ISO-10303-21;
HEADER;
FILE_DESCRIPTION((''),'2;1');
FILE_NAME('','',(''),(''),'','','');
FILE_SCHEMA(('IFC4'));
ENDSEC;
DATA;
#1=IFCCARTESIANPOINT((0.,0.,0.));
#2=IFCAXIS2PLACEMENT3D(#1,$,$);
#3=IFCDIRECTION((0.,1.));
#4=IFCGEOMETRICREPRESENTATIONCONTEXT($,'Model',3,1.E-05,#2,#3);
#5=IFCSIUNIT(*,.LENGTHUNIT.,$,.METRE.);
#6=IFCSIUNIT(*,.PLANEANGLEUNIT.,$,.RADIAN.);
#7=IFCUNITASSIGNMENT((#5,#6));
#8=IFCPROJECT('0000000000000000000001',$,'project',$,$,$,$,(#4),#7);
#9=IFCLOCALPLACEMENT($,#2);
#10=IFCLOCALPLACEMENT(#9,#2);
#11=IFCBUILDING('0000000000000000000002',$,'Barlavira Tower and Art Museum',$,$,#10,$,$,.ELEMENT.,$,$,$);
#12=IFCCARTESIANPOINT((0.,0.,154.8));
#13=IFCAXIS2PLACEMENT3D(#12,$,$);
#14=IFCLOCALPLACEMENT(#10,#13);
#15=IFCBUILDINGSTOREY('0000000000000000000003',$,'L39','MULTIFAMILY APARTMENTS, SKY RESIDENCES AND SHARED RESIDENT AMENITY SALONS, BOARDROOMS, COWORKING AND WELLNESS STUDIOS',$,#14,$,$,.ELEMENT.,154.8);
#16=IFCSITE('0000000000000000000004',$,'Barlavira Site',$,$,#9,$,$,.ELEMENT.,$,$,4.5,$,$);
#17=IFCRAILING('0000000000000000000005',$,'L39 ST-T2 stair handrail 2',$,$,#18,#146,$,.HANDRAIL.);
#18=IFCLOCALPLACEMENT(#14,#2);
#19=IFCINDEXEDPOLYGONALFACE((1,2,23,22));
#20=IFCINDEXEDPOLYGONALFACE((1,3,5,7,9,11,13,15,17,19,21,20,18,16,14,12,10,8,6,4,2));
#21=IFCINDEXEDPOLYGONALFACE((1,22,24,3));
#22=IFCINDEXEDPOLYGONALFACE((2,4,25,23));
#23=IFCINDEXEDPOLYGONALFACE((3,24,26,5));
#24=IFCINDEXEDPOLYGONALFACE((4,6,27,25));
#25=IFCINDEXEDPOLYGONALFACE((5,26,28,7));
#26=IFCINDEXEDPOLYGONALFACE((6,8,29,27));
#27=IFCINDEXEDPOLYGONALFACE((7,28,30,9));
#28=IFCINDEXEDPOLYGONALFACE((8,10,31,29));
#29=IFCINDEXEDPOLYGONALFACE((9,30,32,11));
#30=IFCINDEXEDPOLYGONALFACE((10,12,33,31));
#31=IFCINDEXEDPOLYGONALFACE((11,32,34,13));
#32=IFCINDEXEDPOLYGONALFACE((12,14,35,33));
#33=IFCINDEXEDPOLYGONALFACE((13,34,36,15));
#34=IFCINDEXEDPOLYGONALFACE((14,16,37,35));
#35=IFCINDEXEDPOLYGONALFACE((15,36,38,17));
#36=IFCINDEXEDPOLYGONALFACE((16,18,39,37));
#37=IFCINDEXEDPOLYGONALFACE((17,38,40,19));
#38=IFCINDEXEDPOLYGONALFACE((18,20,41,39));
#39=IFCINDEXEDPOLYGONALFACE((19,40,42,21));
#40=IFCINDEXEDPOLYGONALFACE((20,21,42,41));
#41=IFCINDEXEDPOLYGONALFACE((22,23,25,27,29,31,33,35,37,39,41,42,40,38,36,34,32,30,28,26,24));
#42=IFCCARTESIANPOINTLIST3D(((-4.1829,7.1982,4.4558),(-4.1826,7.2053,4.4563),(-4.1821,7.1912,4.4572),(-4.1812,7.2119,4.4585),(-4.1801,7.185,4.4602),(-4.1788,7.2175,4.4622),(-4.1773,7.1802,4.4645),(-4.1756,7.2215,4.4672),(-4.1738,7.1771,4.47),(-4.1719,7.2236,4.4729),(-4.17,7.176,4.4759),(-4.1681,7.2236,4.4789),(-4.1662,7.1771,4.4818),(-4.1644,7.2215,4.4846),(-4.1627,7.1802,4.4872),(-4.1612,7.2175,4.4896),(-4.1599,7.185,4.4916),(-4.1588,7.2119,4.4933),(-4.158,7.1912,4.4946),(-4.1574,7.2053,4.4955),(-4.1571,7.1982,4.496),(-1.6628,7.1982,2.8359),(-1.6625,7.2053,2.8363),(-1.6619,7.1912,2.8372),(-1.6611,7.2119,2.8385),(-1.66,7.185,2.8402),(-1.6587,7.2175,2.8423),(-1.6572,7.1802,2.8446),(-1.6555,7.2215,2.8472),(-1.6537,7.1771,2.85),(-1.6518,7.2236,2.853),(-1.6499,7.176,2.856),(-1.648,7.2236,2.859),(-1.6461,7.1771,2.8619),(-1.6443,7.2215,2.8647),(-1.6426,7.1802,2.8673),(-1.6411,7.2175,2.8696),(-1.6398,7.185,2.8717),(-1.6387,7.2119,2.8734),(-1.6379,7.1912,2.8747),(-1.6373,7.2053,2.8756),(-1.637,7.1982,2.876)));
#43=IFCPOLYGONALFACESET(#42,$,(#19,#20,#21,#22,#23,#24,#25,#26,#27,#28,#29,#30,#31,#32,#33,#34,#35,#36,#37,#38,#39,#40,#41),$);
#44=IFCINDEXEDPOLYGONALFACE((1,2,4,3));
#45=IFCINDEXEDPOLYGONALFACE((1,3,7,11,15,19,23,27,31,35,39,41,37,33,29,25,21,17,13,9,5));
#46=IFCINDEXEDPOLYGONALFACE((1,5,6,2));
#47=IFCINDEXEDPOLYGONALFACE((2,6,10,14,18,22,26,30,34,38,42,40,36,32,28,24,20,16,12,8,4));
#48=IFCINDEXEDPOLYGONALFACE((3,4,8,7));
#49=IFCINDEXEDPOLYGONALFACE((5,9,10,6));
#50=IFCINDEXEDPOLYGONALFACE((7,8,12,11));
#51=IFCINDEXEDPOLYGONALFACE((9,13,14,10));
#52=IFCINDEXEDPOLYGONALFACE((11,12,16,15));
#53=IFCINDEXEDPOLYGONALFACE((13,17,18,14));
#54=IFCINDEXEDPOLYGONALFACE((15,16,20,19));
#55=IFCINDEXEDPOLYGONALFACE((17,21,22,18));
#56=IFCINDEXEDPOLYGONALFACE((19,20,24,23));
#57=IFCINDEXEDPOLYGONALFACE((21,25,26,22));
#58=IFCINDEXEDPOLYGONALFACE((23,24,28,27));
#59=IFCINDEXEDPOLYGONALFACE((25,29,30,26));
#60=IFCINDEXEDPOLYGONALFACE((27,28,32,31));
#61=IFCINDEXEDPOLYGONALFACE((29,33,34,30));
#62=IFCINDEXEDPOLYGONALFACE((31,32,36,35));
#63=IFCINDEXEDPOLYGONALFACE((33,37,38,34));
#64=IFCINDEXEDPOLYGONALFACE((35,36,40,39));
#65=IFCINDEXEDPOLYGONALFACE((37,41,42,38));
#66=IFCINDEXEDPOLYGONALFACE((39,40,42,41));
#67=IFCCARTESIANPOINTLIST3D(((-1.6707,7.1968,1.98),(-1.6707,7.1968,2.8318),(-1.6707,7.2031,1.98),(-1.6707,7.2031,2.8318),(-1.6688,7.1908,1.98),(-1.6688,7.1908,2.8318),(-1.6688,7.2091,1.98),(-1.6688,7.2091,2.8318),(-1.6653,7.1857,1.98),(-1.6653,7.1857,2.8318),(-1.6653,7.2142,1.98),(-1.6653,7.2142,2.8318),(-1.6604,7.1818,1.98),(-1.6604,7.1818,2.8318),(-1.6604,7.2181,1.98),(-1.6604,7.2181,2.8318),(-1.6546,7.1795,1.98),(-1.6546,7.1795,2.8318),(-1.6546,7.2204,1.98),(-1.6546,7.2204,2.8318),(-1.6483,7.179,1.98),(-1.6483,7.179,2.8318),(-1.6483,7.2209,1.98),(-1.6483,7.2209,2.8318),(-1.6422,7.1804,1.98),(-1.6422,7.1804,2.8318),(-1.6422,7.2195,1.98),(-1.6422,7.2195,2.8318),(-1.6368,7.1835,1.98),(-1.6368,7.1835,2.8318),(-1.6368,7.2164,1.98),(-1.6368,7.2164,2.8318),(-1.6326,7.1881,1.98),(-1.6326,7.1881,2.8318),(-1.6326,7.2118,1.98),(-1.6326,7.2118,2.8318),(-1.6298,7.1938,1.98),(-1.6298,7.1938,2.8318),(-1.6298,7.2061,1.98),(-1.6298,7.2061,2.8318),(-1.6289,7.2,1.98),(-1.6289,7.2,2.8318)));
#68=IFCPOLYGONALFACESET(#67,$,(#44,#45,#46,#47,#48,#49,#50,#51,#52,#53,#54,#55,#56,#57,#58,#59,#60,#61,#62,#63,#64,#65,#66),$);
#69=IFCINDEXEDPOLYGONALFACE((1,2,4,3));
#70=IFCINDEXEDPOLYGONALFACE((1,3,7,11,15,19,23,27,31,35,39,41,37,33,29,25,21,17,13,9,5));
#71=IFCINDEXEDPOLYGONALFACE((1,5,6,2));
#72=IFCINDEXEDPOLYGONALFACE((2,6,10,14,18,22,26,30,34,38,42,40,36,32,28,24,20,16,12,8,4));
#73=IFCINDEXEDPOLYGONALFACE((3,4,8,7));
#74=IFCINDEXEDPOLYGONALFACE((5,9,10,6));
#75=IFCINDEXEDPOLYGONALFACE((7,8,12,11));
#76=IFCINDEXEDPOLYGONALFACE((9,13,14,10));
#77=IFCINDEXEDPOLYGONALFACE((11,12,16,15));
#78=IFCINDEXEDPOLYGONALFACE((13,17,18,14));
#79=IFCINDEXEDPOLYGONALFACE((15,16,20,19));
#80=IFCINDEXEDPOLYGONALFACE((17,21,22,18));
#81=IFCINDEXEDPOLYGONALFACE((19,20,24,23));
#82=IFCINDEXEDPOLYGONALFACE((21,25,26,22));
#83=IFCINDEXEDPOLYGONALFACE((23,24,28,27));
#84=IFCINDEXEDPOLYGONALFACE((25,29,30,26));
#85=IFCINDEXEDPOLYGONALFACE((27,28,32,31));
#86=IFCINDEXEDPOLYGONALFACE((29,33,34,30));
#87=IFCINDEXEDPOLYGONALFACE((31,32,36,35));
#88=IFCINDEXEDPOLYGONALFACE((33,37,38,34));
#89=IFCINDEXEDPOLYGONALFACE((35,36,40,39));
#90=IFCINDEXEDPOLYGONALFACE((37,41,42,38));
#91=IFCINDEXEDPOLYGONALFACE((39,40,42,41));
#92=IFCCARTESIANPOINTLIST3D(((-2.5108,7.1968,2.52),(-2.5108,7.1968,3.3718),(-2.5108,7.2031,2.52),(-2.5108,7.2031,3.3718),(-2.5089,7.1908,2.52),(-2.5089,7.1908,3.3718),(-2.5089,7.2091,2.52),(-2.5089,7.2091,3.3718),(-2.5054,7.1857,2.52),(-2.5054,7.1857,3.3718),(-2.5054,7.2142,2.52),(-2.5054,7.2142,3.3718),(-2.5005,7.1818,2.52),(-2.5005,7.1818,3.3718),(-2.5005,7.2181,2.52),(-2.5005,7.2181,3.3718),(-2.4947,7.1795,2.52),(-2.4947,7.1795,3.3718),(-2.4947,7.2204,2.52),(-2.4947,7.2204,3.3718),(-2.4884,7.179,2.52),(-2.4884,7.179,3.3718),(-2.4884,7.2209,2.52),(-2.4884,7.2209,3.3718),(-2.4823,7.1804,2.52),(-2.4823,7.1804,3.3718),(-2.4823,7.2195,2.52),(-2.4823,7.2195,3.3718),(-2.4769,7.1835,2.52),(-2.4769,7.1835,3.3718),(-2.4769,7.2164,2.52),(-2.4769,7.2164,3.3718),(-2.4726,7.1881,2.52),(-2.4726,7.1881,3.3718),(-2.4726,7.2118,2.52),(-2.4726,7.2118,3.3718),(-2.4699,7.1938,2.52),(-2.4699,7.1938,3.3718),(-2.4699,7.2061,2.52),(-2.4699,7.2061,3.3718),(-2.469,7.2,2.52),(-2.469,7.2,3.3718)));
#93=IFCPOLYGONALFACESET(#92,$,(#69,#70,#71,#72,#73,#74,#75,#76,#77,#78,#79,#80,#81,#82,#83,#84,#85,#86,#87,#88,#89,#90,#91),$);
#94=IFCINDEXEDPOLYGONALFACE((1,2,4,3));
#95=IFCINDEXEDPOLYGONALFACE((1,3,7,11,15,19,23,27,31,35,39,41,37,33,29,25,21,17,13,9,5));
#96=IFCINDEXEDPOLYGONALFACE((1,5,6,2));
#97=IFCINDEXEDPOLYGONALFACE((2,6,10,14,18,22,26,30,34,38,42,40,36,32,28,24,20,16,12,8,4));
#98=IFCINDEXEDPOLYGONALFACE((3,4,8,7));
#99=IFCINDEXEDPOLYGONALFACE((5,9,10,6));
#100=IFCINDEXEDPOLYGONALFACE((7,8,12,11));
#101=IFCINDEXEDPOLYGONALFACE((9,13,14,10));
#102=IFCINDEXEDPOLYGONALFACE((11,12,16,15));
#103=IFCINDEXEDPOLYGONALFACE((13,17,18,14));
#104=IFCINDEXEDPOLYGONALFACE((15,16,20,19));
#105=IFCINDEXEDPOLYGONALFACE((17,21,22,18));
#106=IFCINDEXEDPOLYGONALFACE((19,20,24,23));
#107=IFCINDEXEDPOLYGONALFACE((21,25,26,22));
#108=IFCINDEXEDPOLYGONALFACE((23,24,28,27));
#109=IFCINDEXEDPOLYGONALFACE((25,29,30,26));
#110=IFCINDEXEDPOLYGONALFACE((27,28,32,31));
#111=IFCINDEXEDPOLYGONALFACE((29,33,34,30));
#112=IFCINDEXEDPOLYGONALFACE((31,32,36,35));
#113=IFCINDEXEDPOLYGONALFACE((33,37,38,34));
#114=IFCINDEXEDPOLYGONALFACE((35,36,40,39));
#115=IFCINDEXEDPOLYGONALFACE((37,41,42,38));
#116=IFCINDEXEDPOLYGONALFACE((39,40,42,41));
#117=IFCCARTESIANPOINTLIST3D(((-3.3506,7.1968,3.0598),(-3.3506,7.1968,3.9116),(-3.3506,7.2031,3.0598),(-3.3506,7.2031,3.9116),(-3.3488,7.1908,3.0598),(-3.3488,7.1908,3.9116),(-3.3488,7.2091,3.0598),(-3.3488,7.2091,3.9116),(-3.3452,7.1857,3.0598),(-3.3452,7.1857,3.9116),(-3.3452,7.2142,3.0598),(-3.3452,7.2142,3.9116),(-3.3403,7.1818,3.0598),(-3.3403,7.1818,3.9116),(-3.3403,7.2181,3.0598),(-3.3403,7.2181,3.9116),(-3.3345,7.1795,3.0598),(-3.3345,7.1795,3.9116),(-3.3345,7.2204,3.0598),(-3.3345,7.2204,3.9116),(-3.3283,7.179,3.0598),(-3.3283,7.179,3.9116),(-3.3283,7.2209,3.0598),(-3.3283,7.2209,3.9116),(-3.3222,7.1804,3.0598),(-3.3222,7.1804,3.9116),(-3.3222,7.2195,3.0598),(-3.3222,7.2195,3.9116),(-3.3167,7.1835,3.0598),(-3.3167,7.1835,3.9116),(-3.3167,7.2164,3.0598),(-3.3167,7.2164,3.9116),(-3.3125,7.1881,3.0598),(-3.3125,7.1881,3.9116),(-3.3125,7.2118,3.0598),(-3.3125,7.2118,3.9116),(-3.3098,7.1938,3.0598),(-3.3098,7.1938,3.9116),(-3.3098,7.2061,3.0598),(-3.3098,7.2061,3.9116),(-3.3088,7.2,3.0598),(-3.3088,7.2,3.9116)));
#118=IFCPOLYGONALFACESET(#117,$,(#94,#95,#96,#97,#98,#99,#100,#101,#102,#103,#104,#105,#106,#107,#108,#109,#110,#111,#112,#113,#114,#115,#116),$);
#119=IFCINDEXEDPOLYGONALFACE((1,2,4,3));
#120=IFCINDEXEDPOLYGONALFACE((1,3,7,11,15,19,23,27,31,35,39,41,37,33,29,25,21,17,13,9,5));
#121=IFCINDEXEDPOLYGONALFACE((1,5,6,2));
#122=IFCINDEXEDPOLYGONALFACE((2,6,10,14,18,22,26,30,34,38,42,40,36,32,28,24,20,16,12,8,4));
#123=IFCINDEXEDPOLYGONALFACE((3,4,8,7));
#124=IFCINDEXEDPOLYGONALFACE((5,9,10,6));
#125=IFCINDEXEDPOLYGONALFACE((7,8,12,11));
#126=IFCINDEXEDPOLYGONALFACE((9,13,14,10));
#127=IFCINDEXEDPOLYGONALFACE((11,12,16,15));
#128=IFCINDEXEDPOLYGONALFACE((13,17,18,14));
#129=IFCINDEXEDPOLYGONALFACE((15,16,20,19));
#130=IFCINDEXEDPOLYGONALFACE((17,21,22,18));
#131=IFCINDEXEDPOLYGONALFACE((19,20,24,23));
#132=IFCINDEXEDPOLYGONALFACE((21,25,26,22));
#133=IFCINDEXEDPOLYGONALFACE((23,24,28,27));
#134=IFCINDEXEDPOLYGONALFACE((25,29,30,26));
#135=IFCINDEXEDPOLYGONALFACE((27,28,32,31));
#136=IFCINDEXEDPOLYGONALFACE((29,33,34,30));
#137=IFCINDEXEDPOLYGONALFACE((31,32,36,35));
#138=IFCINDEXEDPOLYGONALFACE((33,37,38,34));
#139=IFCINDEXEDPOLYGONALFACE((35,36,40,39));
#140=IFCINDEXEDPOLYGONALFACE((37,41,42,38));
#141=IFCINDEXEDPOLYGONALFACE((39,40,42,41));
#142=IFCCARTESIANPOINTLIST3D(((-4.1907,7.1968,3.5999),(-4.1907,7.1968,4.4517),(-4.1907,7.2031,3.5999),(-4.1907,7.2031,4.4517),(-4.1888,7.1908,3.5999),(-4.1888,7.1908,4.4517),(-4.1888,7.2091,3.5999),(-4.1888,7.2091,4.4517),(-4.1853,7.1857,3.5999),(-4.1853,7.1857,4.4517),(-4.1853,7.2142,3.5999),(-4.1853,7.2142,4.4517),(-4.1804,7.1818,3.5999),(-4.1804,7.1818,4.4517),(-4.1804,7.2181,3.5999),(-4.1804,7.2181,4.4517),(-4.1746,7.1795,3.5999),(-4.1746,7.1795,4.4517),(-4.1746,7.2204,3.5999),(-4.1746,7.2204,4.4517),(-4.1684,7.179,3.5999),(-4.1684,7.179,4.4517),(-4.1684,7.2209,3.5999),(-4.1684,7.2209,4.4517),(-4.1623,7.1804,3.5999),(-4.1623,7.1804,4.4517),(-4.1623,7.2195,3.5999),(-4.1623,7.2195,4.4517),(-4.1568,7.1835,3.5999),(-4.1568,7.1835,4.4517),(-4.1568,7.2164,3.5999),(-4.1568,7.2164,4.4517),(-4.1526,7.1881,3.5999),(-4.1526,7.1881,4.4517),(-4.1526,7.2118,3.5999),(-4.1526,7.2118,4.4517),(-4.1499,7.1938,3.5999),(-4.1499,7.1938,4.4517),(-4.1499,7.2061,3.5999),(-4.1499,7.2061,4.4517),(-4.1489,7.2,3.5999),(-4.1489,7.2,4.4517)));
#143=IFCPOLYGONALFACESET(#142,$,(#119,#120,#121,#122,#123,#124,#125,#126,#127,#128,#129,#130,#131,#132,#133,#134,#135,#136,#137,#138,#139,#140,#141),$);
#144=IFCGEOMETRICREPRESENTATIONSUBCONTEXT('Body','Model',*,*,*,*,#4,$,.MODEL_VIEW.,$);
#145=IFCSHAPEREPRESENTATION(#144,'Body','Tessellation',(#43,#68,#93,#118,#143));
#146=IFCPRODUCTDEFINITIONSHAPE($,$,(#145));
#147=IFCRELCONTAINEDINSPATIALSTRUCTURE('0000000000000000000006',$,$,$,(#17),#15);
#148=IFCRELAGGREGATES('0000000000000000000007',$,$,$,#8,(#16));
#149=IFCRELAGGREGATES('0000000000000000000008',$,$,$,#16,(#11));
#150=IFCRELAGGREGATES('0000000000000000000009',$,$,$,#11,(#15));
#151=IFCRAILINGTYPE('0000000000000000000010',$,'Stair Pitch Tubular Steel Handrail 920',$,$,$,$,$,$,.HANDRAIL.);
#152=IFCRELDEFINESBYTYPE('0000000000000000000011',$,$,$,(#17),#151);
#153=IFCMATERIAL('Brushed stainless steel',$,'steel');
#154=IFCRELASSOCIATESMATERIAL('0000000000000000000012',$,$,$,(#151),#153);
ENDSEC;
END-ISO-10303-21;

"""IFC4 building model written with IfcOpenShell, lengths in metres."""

from ifc_helpers import new_model, si_unit, direction, frame, origin, origin_2d, place, context, subcontext, project, spatial, circle, extrude, material, type_object, element, save


model = new_model("IFC4")

# Units and contexts
model_context = context("Model", 3, precision=1e-05, world=origin(), true_north=direction((0.0, 1.0)))
body_context = subcontext(model_context, "Body", "Model", "MODEL_VIEW")
ifc_project = project(units=[si_unit("LENGTHUNIT", "METRE"), si_unit("PLANEANGLEUNIT", "RADIAN")], contexts=[model_context])

# Site, building, storey
site_placement = place(None, origin())
site = spatial("IfcSite", under=ifc_project, at=site_placement, Name="Barlavira Site", CompositionType="ELEMENT", RefElevation=4.5)
building_placement = place(site_placement, origin())
building = spatial("IfcBuilding", under=site, at=building_placement, Name="Barlavira Tower and Art Museum", CompositionType="ELEMENT")
storey_placement = place(building_placement, frame((0.0, 0.0, 154.8)))
storey = spatial("IfcBuildingStorey", under=building, at=storey_placement, Name="L39", Description="MULTIFAMILY APARTMENTS, SKY RESIDENCES AND SHARED RESIDENT AMENITY SALONS, BOARDROOMS, COWORKING AND WELLNESS STUDIOS", CompositionType="ELEMENT", Elevation=154.8)

# Shared definitions
ifc_material_1 = material(Name="Brushed stainless steel", Category="steel")

# Railing
railing_type_1 = type_object("IfcRailingType", Name="Stair Pitch Tubular Steel Handrail 920", PredefinedType="HANDRAIL", material=ifc_material_1)
railing_1_placement = place(storey_placement, frame((-1.6499, 7.2, 1.98)))
element("IfcRailing", 1, at=railing_1_placement, inside=storey, type_object=railing_type_1, Name="L39 ST-T2 stair handrail 2", PredefinedType="HANDRAIL", context=body_context, shape_type="SweptSolid", body=[
    extrude(circle(Radius=0.0239, at=origin_2d()), frame((0.0, 0.0, 0.876), z_axis=(-0.8412, 0.0, 0.540725), x_axis=(0.0, -1.0, 0.0)), (0.0, 0.0, 1.0), 2.9958),
    extrude(circle(Radius=0.021, at=origin_2d()), origin(), (0.0, 0.0, 1.0), 0.8518),
    extrude(circle(Radius=0.021, at=origin_2d()), frame((-0.8401, 0.0, 0.54)), (0.0, 0.0, 1.0), 0.8518),
    extrude(circle(Radius=0.021, at=origin_2d()), frame((-1.6799, 0.0, 1.0798)), (0.0, 0.0, 1.0), 0.8518),
    extrude(circle(Radius=0.021, at=origin_2d()), frame((-2.52, 0.0, 1.6199)), (0.0, 0.0, 1.0), 0.8518),
])

save(model, "model.ifc")
